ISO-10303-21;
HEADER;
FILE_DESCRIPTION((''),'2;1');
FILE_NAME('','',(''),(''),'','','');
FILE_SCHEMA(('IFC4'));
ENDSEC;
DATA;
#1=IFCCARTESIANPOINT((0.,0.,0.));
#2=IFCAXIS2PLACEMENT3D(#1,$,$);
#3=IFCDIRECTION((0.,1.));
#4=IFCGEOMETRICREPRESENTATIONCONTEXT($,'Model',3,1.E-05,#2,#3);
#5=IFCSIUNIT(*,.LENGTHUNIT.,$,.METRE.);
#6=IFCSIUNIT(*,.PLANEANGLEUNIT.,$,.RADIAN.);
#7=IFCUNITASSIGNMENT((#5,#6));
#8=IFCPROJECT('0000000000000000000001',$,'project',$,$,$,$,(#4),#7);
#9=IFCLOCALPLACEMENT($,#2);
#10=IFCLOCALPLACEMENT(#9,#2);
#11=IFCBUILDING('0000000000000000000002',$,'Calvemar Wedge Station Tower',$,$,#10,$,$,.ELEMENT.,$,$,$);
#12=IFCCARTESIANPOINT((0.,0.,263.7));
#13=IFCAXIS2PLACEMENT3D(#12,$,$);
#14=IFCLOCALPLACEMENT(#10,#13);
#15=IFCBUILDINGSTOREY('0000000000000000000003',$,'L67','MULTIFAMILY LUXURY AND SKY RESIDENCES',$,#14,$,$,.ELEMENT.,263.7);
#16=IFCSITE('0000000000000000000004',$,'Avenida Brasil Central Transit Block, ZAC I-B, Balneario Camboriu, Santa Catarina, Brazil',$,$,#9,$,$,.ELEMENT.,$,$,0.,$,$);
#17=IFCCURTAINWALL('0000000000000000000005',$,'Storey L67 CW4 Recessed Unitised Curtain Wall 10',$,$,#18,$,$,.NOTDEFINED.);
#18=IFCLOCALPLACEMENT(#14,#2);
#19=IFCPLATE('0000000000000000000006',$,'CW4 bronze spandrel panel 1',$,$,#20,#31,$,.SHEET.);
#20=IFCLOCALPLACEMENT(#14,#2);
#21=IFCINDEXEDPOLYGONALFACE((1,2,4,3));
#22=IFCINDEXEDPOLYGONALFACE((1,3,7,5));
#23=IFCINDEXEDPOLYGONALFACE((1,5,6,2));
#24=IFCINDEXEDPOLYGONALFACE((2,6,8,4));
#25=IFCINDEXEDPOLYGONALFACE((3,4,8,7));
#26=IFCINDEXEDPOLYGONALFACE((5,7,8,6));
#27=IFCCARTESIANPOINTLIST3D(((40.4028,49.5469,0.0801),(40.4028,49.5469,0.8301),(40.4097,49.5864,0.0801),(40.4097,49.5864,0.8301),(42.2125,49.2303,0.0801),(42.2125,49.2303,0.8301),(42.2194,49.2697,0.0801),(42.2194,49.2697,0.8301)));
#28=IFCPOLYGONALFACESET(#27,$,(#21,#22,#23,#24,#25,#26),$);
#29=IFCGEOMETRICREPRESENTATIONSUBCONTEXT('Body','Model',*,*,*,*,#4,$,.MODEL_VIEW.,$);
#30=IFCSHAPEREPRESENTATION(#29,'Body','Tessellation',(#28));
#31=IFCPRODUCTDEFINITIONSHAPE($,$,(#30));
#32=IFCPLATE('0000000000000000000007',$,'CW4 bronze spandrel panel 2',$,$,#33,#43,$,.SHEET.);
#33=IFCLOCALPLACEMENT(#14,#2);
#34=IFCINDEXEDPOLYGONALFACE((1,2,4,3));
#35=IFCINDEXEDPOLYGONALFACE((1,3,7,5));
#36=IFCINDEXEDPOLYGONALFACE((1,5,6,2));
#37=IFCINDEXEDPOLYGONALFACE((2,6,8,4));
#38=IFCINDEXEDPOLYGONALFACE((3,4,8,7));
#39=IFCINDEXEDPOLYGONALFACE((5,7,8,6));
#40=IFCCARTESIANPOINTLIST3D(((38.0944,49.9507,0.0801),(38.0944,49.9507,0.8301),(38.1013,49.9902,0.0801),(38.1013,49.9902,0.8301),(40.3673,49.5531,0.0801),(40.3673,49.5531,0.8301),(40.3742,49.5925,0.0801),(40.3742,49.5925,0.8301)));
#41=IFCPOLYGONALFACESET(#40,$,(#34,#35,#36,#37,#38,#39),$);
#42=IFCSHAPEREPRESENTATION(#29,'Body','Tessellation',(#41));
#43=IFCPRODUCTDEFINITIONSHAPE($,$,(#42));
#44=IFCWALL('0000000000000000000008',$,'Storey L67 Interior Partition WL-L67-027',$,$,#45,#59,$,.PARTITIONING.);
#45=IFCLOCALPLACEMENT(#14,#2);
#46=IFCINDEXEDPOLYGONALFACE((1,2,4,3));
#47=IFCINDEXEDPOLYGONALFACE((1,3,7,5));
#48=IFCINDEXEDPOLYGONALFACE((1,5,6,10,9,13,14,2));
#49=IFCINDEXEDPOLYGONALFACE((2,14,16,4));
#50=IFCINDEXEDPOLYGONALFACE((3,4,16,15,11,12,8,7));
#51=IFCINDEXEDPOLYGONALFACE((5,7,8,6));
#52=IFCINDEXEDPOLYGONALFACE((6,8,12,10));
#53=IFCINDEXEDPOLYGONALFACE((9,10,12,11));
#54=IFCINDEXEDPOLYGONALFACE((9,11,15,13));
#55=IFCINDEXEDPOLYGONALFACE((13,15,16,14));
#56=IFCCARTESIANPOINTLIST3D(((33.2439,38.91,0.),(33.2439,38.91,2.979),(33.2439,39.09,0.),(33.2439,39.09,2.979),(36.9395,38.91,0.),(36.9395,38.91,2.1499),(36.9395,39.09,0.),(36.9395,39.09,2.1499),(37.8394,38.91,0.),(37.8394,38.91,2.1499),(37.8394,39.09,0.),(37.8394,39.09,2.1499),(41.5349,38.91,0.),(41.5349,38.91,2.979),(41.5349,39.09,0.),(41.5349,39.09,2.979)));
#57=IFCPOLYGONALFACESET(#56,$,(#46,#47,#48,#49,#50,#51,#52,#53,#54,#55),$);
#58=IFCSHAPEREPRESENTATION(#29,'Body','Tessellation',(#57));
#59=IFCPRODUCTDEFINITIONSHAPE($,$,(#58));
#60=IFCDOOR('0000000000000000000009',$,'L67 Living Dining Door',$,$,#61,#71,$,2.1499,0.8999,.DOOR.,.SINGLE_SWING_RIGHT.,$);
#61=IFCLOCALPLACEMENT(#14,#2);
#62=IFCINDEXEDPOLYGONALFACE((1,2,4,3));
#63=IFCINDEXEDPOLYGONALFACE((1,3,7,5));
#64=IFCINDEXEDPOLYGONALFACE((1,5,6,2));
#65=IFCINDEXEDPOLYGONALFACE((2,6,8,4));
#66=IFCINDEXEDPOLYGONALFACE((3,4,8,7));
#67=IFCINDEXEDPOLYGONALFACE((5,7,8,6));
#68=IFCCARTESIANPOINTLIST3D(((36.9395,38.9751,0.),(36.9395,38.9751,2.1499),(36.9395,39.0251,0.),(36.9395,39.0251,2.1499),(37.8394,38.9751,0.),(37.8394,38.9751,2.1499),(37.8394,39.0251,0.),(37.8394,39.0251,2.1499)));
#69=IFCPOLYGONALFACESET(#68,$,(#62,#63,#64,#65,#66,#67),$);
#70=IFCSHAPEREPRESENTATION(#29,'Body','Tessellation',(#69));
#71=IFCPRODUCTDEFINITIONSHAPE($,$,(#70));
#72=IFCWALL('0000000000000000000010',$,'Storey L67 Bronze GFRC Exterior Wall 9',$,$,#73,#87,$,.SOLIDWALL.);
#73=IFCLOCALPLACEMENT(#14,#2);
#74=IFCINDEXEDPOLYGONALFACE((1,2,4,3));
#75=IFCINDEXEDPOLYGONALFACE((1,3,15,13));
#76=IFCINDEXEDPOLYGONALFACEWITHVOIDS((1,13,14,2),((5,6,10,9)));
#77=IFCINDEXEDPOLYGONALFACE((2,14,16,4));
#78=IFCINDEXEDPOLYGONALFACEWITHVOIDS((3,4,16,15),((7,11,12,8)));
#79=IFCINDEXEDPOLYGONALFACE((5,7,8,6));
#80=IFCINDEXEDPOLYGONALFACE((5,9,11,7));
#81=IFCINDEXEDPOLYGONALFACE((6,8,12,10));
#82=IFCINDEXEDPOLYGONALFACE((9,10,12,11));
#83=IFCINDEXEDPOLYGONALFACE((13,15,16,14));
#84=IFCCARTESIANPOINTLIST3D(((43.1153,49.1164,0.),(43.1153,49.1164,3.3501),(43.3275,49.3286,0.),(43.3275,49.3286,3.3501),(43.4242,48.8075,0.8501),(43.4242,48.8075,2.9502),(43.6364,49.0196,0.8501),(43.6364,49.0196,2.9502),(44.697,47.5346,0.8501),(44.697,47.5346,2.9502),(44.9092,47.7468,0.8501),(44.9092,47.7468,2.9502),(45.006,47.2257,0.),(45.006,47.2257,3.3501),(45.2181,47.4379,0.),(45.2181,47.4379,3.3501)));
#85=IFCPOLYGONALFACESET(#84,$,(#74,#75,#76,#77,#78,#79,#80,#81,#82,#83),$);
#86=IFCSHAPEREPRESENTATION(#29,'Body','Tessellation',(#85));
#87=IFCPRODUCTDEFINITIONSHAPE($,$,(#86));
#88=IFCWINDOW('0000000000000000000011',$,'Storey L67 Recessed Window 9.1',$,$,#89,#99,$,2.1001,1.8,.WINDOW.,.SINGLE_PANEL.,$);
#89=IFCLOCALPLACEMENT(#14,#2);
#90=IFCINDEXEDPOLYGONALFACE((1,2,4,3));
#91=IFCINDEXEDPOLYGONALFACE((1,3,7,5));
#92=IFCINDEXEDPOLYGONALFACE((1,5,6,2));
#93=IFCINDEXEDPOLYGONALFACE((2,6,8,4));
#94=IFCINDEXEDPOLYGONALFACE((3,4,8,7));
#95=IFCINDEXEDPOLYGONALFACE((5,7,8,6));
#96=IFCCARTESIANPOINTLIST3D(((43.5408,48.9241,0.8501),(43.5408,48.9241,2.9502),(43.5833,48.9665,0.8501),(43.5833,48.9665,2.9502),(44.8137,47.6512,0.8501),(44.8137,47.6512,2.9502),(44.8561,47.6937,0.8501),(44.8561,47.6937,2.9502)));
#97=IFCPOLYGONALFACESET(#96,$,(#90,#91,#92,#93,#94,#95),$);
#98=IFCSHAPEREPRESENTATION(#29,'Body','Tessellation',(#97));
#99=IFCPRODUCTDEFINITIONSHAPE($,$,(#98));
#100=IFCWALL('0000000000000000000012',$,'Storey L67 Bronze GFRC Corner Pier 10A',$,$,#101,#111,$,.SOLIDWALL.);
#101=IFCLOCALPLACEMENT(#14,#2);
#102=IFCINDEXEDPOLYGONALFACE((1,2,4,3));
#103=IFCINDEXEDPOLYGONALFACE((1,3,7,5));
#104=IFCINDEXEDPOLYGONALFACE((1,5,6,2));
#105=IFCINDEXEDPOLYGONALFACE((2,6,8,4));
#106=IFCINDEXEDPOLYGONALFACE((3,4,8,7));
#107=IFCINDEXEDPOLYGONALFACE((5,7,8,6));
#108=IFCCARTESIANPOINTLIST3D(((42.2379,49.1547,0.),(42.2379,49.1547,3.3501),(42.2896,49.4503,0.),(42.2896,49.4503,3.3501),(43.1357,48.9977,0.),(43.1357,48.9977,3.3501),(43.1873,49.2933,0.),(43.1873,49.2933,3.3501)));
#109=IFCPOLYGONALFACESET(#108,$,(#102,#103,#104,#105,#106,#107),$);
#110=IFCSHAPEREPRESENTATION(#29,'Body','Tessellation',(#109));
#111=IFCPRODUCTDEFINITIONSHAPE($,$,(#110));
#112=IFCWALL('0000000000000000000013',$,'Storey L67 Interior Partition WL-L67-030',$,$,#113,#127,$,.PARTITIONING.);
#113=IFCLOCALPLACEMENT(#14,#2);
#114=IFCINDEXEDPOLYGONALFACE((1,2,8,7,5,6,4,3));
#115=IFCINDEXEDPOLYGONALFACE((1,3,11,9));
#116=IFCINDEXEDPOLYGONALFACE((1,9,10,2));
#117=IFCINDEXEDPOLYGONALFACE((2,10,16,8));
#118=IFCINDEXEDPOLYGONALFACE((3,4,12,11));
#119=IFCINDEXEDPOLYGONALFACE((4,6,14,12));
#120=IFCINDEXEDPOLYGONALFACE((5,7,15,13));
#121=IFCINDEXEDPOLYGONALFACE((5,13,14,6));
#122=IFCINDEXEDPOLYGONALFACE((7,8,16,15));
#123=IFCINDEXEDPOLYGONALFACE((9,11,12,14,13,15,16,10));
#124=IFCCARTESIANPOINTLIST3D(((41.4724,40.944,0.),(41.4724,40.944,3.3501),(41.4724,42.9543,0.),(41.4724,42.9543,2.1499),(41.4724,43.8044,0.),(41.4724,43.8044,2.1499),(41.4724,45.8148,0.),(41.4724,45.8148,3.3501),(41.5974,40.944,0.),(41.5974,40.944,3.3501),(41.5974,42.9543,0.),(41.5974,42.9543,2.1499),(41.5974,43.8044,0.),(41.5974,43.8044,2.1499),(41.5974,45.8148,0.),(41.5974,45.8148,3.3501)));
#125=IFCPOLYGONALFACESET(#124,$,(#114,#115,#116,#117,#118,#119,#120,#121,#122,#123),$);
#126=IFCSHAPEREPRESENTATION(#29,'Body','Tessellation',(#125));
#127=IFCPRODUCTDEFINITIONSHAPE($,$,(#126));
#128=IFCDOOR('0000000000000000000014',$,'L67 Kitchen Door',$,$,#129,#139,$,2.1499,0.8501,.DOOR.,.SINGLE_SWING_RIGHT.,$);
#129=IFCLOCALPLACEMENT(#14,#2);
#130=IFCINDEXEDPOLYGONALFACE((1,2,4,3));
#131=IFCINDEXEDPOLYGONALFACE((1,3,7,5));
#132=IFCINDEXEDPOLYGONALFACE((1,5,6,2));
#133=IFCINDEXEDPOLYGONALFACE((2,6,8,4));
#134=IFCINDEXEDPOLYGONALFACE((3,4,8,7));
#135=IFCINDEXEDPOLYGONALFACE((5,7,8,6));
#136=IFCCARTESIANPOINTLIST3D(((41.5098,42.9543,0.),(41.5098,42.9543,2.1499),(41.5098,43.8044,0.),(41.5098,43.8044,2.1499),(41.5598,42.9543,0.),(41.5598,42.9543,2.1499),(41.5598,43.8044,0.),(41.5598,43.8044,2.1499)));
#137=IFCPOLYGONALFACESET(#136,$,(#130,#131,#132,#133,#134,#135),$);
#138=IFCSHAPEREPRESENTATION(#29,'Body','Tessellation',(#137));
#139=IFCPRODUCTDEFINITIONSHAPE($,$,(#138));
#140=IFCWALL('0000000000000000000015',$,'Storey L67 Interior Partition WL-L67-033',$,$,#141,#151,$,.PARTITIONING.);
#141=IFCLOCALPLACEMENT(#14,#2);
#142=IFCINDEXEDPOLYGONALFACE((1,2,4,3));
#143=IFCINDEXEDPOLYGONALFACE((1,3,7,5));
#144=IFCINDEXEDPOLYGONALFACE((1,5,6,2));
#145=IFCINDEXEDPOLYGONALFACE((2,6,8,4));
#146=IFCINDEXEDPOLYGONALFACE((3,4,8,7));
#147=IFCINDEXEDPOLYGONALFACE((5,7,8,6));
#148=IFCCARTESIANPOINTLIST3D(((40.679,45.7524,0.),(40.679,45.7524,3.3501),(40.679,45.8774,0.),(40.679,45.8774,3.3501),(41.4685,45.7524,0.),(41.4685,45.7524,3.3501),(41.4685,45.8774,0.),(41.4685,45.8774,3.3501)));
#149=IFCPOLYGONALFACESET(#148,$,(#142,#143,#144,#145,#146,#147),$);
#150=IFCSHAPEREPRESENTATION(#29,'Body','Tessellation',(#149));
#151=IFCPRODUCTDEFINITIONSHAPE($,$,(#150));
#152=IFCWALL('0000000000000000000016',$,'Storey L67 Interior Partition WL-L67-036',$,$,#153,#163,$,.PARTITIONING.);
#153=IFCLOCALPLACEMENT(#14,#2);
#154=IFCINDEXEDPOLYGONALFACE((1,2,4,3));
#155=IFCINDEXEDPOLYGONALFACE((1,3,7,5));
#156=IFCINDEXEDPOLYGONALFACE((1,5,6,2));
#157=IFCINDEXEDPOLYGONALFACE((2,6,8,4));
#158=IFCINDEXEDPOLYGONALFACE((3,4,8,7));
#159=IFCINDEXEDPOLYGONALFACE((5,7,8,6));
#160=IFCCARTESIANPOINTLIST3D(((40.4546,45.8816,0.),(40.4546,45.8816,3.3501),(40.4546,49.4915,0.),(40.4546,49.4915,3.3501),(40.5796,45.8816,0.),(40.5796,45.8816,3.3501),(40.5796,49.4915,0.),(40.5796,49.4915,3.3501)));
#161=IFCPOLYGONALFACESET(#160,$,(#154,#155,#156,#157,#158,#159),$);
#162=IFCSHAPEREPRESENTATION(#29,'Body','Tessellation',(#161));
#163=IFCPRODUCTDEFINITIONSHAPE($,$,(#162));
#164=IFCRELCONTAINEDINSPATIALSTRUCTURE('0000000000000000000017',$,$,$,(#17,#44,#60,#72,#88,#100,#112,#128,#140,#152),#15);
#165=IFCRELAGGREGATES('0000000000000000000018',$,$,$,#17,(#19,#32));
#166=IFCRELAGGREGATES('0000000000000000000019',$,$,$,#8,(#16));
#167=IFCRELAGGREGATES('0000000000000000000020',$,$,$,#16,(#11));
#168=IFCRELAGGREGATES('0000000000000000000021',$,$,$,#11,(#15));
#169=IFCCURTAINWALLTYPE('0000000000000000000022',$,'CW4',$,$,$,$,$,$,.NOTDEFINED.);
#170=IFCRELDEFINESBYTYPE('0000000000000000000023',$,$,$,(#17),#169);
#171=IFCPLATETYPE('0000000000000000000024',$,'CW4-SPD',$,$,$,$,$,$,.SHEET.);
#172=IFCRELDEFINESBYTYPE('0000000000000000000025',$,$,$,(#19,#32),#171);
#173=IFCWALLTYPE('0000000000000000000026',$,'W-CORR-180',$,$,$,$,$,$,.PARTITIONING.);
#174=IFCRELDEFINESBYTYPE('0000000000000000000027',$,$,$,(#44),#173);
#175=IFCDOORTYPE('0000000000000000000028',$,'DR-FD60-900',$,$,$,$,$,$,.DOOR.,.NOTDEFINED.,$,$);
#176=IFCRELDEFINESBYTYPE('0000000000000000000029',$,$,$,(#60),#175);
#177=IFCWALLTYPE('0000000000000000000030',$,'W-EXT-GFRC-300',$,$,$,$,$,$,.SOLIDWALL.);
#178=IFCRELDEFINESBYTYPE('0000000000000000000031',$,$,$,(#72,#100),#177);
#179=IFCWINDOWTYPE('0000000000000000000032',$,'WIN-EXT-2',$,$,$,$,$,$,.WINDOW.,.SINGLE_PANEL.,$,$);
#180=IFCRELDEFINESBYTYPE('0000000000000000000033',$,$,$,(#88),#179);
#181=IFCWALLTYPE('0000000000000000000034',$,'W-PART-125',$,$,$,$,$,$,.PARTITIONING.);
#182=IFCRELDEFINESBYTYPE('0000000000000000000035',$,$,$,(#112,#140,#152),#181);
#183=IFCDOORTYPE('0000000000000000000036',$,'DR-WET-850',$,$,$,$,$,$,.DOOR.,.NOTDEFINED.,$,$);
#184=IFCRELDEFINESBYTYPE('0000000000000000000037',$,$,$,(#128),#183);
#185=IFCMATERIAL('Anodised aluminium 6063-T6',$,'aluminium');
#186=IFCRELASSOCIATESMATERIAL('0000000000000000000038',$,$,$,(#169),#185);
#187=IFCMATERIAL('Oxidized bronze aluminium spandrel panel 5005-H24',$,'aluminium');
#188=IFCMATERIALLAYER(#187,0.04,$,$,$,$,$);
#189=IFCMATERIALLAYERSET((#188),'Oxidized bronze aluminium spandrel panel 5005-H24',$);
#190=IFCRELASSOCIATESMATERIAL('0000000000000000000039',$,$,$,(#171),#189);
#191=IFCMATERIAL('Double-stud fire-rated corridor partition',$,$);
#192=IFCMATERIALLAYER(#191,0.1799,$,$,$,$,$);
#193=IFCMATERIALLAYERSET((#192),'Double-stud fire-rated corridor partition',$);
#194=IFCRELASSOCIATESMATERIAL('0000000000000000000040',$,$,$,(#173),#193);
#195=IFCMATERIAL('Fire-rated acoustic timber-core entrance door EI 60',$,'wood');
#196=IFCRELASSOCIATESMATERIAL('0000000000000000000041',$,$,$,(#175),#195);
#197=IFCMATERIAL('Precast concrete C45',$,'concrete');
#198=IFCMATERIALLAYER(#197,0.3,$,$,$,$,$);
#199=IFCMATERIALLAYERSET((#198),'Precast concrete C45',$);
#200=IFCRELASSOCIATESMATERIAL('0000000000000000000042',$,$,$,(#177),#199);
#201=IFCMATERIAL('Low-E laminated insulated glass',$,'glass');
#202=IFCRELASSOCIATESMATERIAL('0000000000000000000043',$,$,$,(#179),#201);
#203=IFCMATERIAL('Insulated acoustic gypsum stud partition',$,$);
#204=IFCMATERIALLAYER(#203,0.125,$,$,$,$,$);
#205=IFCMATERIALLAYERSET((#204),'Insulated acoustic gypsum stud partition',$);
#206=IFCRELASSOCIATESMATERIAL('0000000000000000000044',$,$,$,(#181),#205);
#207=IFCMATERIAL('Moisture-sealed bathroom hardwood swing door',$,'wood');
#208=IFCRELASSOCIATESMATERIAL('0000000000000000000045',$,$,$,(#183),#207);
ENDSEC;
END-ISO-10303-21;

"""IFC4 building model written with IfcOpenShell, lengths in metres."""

from ifc_helpers import new_model, si_unit, direction, frame, frame_2d, origin, place, context, subcontext, project, spatial, rectangle, extrude, source, transform, mapped, material, layer, layer_set, type_object, element, fill, aggregate, save


model = new_model("IFC4")

# Units and contexts
model_context = context("Model", 3, precision=1e-05, world=origin(), true_north=direction((0.0, 1.0)))
body_context = subcontext(model_context, "Body", "Model", "MODEL_VIEW")
ifc_project = project(units=[si_unit("LENGTHUNIT", "METRE"), si_unit("PLANEANGLEUNIT", "RADIAN")], contexts=[model_context])

# Site, building, storey
site_placement = place(None, origin())
site = spatial("IfcSite", under=ifc_project, at=site_placement, Name="Avenida Brasil Central Transit Block, ZAC I-B, Balneario Camboriu, Santa Catarina, Brazil", CompositionType="ELEMENT", RefElevation=0.0)
building_placement = place(site_placement, origin())
building = spatial("IfcBuilding", under=site, at=building_placement, Name="Calvemar Wedge Station Tower", CompositionType="ELEMENT")
storey_placement = place(building_placement, frame((0.0, 0.0, 263.7)))
storey = spatial("IfcBuildingStorey", under=building, at=storey_placement, Name="L67", Description="MULTIFAMILY LUXURY AND SKY RESIDENCES", CompositionType="ELEMENT", Elevation=263.7)

# Curtain wall, plates
ifc_material_1 = material(Name="Anodised aluminium 6063-T6", Category="aluminium")
curtain_wall_type = type_object("IfcCurtainWallType", Name="CW4", PredefinedType="NOTDEFINED", material=ifc_material_1)
curtain_wall_placement = place(storey_placement, origin())
curtain_wall = element("IfcCurtainWall", 1, at=curtain_wall_placement, inside=storey, type_object=curtain_wall_type, Name="Storey L67 CW4 Recessed Unitised Curtain Wall 10", PredefinedType="NOTDEFINED")
ifc_material_2 = material(Name="Low-E laminated insulated glass", Category="glass")
ifc_material_3 = material(Name="Oxidized bronze aluminium spandrel panel 5005-H24", Category="aluminium")
ifc_layer_1 = layer(ifc_material_3, 0.04)
ifc_layer_set_1 = layer_set([ifc_layer_1], Name="Oxidized bronze aluminium spandrel panel 5005-H24")
plate_type_1 = type_object("IfcPlateType", Name="CW4-SPD", PredefinedType="SHEET", material=ifc_layer_set_1)
plate_1_placement = place(storey_placement, frame((42.2158, 49.25, 0.0801), z_axis=(0.0, 0.0, 1.0), x_axis=(-0.985033, 0.172367, 0.0)))
plate_1 = element("IfcPlate", 2, at=plate_1_placement, type_object=plate_type_1, Name="CW4 bronze spandrel panel 1", PredefinedType="SHEET", context=body_context, shape_type="SweptSolid", body=[
    extrude(rectangle(XDim=1.8372, YDim=0.04, at=frame_2d((0.9185, 0.0))), origin(), (0.0, 0.0, 1.0), 0.75),
])
plate_2_placement = place(storey_placement, frame((40.3708, 49.5728, 0.0801), z_axis=(0.0, 0.0, 1.0), x_axis=(-0.985035, 0.172355, 0.0)))
plate_2 = element("IfcPlate", 3, at=plate_2_placement, type_object=plate_type_1, Name="CW4 bronze spandrel panel 2", PredefinedType="SHEET", context=body_context, shape_type="SweptSolid", body=[
    extrude(rectangle(XDim=2.3074, YDim=0.04, at=frame_2d((1.1538, 0.0))), origin(), (0.0, 0.0, 1.0), 0.75),
])
aggregate(curtain_wall, [plate_1, plate_2])

# Wall, opening, door
ifc_material_4 = material(Name="Double-stud fire-rated corridor partition")
ifc_layer_2 = layer(ifc_material_4, 0.1799)
ifc_layer_set_2 = layer_set([ifc_layer_2], Name="Double-stud fire-rated corridor partition")
wall_type_1 = type_object("IfcWallType", Name="W-CORR-180", PredefinedType="PARTITIONING", material=ifc_layer_set_2)
wall_1_placement = place(storey_placement, frame((41.5349, 39.0, 0.0), z_axis=(0.0, 0.0, 1.0), x_axis=(-1.0, 0.0, 0.0)))
wall_1 = element("IfcWall", 4, at=wall_1_placement, inside=storey, type_object=wall_type_1, Name="Storey L67 Interior Partition WL-L67-027", PredefinedType="PARTITIONING", context=body_context, shape_type="SweptSolid", body=[
    extrude(rectangle(XDim=8.291, YDim=0.1799, at=frame_2d((4.1455, 0.0))), origin(), (0.0, 0.0, 1.0), 2.979),
])
shared_shape_1 = source(origin(), body_context, "Body", "SweptSolid", [
    extrude(rectangle(XDim=0.8999, YDim=2.1499, at=frame_2d((0.45, 1.075))), frame((0.0, 0.1001, 0.0), z_axis=(0.0, -1.0, 0.0), x_axis=(1.0, 0.0, 0.0)), (0.0, 0.0, 1.0), 0.2),
])
opening_1_placement = place(wall_1_placement, frame((3.6956, 0.0, 0.0)))
opening_1 = element("IfcOpeningElement", 5, at=opening_1_placement, cuts=wall_1, PredefinedType="OPENING", context=body_context, shape_type="MappedRepresentation", body=[
    mapped(shared_shape_1, transform((0.0, 0.0, 0.0), scale=1.0)),
])
ifc_material_5 = material(Name="Fire-rated acoustic timber-core entrance door EI 60", Category="wood")
door_type_1 = type_object("IfcDoorType", Name="DR-FD60-900", OperationType="NOTDEFINED", PredefinedType="DOOR", material=ifc_material_5)
shared_shape_2 = source(origin(), body_context, "Body", "SweptSolid", [
    extrude(rectangle(XDim=0.8999, YDim=2.1499, at=frame_2d((0.45, 1.075))), frame((0.0, 0.0249, 0.0), z_axis=(0.0, -1.0, 0.0), x_axis=(1.0, 0.0, 0.0)), (0.0, 0.0, 1.0), 0.05),
])
door_1_placement = place(opening_1_placement, origin())
door_1 = element("IfcDoor", 6, at=door_1_placement, inside=storey, type_object=door_type_1, Name="L67 Living Dining Door", OperationType="SINGLE_SWING_RIGHT", OverallHeight=2.1499, OverallWidth=0.8999, PredefinedType="DOOR", context=body_context, shape_type="MappedRepresentation", body=[
    mapped(shared_shape_2, transform((0.0, 0.0, 0.0), scale=1.0)),
])
fill(opening_1, door_1)

# Wall, opening, window
ifc_material_6 = material(Name="Precast concrete C45", Category="concrete")
ifc_layer_3 = layer(ifc_material_6, 0.3)
ifc_layer_set_3 = layer_set([ifc_layer_3], Name="Precast concrete C45")
wall_type_2 = type_object("IfcWallType", Name="W-EXT-GFRC-300", PredefinedType="SOLIDWALL", material=ifc_layer_set_3)
wall_2_placement = place(storey_placement, frame((45.1121, 47.3318, 0.0), z_axis=(0.0, 0.0, 1.0), x_axis=(-0.707107, 0.707107, 0.0)))
wall_2 = element("IfcWall", 7, at=wall_2_placement, inside=storey, type_object=wall_type_2, Name="Storey L67 Bronze GFRC Exterior Wall 9", PredefinedType="SOLIDWALL", context=body_context, shape_type="SweptSolid", body=[
    extrude(rectangle(XDim=2.6738, YDim=0.3, at=frame_2d((1.3369, 0.0))), origin(), (0.0, 0.0, 1.0), 3.3501),
])
shared_shape_3 = source(origin(), body_context, "Body", "SweptSolid", [
    extrude(rectangle(XDim=1.8, YDim=2.1001, at=frame_2d((0.8999, 1.05))), frame((0.0, 0.1602, 0.0), z_axis=(0.0, -1.0, 0.0), x_axis=(1.0, 0.0, 0.0)), (0.0, 0.0, 1.0), 0.3201),
])
opening_2_placement = place(wall_2_placement, frame((0.437, 0.0, 0.8501)))
opening_2 = element("IfcOpeningElement", 8, at=opening_2_placement, cuts=wall_2, PredefinedType="OPENING", context=body_context, shape_type="MappedRepresentation", body=[
    mapped(shared_shape_3, transform((0.0, 0.0, 0.0), scale=1.0)),
])
window_type = type_object("IfcWindowType", Name="WIN-EXT-2", PartitioningType="SINGLE_PANEL", PredefinedType="WINDOW", material=ifc_material_2)
shared_shape_4 = source(origin(), body_context, "Body", "SweptSolid", [
    extrude(rectangle(XDim=1.8, YDim=2.1001, at=frame_2d((0.8999, 1.05))), frame((0.0, -0.0149, 0.0), z_axis=(0.0, -1.0, 0.0), x_axis=(1.0, 0.0, 0.0)), (0.0, 0.0, 1.0), 0.0601),
])
window_placement = place(opening_2_placement, origin())
window = element("IfcWindow", 9, at=window_placement, inside=storey, type_object=window_type, Name="Storey L67 Recessed Window 9.1", OverallHeight=2.1001, OverallWidth=1.8, PartitioningType="SINGLE_PANEL", PredefinedType="WINDOW", context=body_context, shape_type="MappedRepresentation", body=[
    mapped(shared_shape_4, transform((0.0, 0.0, 0.0), scale=1.0)),
])
fill(opening_2, window)

# Wall
wall_3_placement = place(storey_placement, frame((43.1614, 49.1455, 0.0), z_axis=(0.0, 0.0, 1.0), x_axis=(-0.985052, 0.172257, 0.0)))
element("IfcWall", 10, at=wall_3_placement, inside=storey, type_object=wall_type_2, Name="Storey L67 Bronze GFRC Corner Pier 10A", PredefinedType="SOLIDWALL", context=body_context, shape_type="SweptSolid", body=[
    extrude(rectangle(XDim=0.9114, YDim=0.3, at=frame_2d((0.4556, 0.0))), origin(), (0.0, 0.0, 1.0), 3.3501),
])

# Wall, opening, door
ifc_material_7 = material(Name="Insulated acoustic gypsum stud partition")
ifc_layer_4 = layer(ifc_material_7, 0.125)
ifc_layer_set_4 = layer_set([ifc_layer_4], Name="Insulated acoustic gypsum stud partition")
wall_type_3 = type_object("IfcWallType", Name="W-PART-125", PredefinedType="PARTITIONING", material=ifc_layer_set_4)
wall_4_placement = place(storey_placement, frame((41.5349, 45.8149, 0.0), z_axis=(0.0, 0.0, 1.0), x_axis=(0.0, -1.0, 0.0)))
wall_4 = element("IfcWall", 11, at=wall_4_placement, inside=storey, type_object=wall_type_3, Name="Storey L67 Interior Partition WL-L67-030", PredefinedType="PARTITIONING", context=body_context, shape_type="SweptSolid", body=[
    extrude(rectangle(XDim=4.8708, YDim=0.125, at=frame_2d((2.4355, 0.0))), origin(), (0.0, 0.0, 1.0), 3.3501),
])
shared_shape_5 = source(origin(), body_context, "Body", "SweptSolid", [
    extrude(rectangle(XDim=0.8501, YDim=2.1499, at=frame_2d((0.425, 1.075))), frame((0.0, 0.0725, 0.0), z_axis=(0.0, -1.0, 0.0), x_axis=(1.0, 0.0, 0.0)), (0.0, 0.0, 1.0), 0.145),
])
opening_3_placement = place(wall_4_placement, frame((2.0105, 0.0, 0.0)))
opening_3 = element("IfcOpeningElement", 12, at=opening_3_placement, cuts=wall_4, PredefinedType="OPENING", context=body_context, shape_type="MappedRepresentation", body=[
    mapped(shared_shape_5, transform((0.0, 0.0, 0.0), scale=1.0)),
])
ifc_material_8 = material(Name="Moisture-sealed bathroom hardwood swing door", Category="wood")
door_type_2 = type_object("IfcDoorType", Name="DR-WET-850", OperationType="NOTDEFINED", PredefinedType="DOOR", material=ifc_material_8)
shared_shape_6 = source(origin(), body_context, "Body", "SweptSolid", [
    extrude(rectangle(XDim=0.8501, YDim=2.1499, at=frame_2d((0.425, 1.075))), frame((0.0, 0.0249, 0.0), z_axis=(0.0, -1.0, 0.0), x_axis=(1.0, 0.0, 0.0)), (0.0, 0.0, 1.0), 0.05),
])
door_2_placement = place(opening_3_placement, origin())
door_2 = element("IfcDoor", 13, at=door_2_placement, inside=storey, type_object=door_type_2, Name="L67 Kitchen Door", OperationType="SINGLE_SWING_RIGHT", OverallHeight=2.1499, OverallWidth=0.8501, PredefinedType="DOOR", context=body_context, shape_type="MappedRepresentation", body=[
    mapped(shared_shape_6, transform((0.0, 0.0, 0.0), scale=1.0)),
])
fill(opening_3, door_2)

# Wall
wall_5_placement = place(storey_placement, frame((40.679, 45.8149, 0.0), z_axis=(0.0, 0.0, 1.0), x_axis=(1.0, 0.0, 0.0)))
element("IfcWall", 14, at=wall_5_placement, inside=storey, type_object=wall_type_3, Name="Storey L67 Interior Partition WL-L67-033", PredefinedType="PARTITIONING", context=body_context, shape_type="SweptSolid", body=[
    extrude(rectangle(XDim=0.7896, YDim=0.125, at=frame_2d((0.3948, 0.0))), origin(), (0.0, 0.0, 1.0), 3.3501),
])

# Wall
wall_6_placement = place(storey_placement, frame((40.5171, 49.4915, 0.0), z_axis=(0.0, 0.0, 1.0), x_axis=(0.0, -1.0, 0.0)))
element("IfcWall", 15, at=wall_6_placement, inside=storey, type_object=wall_type_3, Name="Storey L67 Interior Partition WL-L67-036", PredefinedType="PARTITIONING", context=body_context, shape_type="SweptSolid", body=[
    extrude(rectangle(XDim=3.6099, YDim=0.125, at=frame_2d((1.8049, 0.0))), origin(), (0.0, 0.0, 1.0), 3.3501),
])

save(model, "model.ifc")
